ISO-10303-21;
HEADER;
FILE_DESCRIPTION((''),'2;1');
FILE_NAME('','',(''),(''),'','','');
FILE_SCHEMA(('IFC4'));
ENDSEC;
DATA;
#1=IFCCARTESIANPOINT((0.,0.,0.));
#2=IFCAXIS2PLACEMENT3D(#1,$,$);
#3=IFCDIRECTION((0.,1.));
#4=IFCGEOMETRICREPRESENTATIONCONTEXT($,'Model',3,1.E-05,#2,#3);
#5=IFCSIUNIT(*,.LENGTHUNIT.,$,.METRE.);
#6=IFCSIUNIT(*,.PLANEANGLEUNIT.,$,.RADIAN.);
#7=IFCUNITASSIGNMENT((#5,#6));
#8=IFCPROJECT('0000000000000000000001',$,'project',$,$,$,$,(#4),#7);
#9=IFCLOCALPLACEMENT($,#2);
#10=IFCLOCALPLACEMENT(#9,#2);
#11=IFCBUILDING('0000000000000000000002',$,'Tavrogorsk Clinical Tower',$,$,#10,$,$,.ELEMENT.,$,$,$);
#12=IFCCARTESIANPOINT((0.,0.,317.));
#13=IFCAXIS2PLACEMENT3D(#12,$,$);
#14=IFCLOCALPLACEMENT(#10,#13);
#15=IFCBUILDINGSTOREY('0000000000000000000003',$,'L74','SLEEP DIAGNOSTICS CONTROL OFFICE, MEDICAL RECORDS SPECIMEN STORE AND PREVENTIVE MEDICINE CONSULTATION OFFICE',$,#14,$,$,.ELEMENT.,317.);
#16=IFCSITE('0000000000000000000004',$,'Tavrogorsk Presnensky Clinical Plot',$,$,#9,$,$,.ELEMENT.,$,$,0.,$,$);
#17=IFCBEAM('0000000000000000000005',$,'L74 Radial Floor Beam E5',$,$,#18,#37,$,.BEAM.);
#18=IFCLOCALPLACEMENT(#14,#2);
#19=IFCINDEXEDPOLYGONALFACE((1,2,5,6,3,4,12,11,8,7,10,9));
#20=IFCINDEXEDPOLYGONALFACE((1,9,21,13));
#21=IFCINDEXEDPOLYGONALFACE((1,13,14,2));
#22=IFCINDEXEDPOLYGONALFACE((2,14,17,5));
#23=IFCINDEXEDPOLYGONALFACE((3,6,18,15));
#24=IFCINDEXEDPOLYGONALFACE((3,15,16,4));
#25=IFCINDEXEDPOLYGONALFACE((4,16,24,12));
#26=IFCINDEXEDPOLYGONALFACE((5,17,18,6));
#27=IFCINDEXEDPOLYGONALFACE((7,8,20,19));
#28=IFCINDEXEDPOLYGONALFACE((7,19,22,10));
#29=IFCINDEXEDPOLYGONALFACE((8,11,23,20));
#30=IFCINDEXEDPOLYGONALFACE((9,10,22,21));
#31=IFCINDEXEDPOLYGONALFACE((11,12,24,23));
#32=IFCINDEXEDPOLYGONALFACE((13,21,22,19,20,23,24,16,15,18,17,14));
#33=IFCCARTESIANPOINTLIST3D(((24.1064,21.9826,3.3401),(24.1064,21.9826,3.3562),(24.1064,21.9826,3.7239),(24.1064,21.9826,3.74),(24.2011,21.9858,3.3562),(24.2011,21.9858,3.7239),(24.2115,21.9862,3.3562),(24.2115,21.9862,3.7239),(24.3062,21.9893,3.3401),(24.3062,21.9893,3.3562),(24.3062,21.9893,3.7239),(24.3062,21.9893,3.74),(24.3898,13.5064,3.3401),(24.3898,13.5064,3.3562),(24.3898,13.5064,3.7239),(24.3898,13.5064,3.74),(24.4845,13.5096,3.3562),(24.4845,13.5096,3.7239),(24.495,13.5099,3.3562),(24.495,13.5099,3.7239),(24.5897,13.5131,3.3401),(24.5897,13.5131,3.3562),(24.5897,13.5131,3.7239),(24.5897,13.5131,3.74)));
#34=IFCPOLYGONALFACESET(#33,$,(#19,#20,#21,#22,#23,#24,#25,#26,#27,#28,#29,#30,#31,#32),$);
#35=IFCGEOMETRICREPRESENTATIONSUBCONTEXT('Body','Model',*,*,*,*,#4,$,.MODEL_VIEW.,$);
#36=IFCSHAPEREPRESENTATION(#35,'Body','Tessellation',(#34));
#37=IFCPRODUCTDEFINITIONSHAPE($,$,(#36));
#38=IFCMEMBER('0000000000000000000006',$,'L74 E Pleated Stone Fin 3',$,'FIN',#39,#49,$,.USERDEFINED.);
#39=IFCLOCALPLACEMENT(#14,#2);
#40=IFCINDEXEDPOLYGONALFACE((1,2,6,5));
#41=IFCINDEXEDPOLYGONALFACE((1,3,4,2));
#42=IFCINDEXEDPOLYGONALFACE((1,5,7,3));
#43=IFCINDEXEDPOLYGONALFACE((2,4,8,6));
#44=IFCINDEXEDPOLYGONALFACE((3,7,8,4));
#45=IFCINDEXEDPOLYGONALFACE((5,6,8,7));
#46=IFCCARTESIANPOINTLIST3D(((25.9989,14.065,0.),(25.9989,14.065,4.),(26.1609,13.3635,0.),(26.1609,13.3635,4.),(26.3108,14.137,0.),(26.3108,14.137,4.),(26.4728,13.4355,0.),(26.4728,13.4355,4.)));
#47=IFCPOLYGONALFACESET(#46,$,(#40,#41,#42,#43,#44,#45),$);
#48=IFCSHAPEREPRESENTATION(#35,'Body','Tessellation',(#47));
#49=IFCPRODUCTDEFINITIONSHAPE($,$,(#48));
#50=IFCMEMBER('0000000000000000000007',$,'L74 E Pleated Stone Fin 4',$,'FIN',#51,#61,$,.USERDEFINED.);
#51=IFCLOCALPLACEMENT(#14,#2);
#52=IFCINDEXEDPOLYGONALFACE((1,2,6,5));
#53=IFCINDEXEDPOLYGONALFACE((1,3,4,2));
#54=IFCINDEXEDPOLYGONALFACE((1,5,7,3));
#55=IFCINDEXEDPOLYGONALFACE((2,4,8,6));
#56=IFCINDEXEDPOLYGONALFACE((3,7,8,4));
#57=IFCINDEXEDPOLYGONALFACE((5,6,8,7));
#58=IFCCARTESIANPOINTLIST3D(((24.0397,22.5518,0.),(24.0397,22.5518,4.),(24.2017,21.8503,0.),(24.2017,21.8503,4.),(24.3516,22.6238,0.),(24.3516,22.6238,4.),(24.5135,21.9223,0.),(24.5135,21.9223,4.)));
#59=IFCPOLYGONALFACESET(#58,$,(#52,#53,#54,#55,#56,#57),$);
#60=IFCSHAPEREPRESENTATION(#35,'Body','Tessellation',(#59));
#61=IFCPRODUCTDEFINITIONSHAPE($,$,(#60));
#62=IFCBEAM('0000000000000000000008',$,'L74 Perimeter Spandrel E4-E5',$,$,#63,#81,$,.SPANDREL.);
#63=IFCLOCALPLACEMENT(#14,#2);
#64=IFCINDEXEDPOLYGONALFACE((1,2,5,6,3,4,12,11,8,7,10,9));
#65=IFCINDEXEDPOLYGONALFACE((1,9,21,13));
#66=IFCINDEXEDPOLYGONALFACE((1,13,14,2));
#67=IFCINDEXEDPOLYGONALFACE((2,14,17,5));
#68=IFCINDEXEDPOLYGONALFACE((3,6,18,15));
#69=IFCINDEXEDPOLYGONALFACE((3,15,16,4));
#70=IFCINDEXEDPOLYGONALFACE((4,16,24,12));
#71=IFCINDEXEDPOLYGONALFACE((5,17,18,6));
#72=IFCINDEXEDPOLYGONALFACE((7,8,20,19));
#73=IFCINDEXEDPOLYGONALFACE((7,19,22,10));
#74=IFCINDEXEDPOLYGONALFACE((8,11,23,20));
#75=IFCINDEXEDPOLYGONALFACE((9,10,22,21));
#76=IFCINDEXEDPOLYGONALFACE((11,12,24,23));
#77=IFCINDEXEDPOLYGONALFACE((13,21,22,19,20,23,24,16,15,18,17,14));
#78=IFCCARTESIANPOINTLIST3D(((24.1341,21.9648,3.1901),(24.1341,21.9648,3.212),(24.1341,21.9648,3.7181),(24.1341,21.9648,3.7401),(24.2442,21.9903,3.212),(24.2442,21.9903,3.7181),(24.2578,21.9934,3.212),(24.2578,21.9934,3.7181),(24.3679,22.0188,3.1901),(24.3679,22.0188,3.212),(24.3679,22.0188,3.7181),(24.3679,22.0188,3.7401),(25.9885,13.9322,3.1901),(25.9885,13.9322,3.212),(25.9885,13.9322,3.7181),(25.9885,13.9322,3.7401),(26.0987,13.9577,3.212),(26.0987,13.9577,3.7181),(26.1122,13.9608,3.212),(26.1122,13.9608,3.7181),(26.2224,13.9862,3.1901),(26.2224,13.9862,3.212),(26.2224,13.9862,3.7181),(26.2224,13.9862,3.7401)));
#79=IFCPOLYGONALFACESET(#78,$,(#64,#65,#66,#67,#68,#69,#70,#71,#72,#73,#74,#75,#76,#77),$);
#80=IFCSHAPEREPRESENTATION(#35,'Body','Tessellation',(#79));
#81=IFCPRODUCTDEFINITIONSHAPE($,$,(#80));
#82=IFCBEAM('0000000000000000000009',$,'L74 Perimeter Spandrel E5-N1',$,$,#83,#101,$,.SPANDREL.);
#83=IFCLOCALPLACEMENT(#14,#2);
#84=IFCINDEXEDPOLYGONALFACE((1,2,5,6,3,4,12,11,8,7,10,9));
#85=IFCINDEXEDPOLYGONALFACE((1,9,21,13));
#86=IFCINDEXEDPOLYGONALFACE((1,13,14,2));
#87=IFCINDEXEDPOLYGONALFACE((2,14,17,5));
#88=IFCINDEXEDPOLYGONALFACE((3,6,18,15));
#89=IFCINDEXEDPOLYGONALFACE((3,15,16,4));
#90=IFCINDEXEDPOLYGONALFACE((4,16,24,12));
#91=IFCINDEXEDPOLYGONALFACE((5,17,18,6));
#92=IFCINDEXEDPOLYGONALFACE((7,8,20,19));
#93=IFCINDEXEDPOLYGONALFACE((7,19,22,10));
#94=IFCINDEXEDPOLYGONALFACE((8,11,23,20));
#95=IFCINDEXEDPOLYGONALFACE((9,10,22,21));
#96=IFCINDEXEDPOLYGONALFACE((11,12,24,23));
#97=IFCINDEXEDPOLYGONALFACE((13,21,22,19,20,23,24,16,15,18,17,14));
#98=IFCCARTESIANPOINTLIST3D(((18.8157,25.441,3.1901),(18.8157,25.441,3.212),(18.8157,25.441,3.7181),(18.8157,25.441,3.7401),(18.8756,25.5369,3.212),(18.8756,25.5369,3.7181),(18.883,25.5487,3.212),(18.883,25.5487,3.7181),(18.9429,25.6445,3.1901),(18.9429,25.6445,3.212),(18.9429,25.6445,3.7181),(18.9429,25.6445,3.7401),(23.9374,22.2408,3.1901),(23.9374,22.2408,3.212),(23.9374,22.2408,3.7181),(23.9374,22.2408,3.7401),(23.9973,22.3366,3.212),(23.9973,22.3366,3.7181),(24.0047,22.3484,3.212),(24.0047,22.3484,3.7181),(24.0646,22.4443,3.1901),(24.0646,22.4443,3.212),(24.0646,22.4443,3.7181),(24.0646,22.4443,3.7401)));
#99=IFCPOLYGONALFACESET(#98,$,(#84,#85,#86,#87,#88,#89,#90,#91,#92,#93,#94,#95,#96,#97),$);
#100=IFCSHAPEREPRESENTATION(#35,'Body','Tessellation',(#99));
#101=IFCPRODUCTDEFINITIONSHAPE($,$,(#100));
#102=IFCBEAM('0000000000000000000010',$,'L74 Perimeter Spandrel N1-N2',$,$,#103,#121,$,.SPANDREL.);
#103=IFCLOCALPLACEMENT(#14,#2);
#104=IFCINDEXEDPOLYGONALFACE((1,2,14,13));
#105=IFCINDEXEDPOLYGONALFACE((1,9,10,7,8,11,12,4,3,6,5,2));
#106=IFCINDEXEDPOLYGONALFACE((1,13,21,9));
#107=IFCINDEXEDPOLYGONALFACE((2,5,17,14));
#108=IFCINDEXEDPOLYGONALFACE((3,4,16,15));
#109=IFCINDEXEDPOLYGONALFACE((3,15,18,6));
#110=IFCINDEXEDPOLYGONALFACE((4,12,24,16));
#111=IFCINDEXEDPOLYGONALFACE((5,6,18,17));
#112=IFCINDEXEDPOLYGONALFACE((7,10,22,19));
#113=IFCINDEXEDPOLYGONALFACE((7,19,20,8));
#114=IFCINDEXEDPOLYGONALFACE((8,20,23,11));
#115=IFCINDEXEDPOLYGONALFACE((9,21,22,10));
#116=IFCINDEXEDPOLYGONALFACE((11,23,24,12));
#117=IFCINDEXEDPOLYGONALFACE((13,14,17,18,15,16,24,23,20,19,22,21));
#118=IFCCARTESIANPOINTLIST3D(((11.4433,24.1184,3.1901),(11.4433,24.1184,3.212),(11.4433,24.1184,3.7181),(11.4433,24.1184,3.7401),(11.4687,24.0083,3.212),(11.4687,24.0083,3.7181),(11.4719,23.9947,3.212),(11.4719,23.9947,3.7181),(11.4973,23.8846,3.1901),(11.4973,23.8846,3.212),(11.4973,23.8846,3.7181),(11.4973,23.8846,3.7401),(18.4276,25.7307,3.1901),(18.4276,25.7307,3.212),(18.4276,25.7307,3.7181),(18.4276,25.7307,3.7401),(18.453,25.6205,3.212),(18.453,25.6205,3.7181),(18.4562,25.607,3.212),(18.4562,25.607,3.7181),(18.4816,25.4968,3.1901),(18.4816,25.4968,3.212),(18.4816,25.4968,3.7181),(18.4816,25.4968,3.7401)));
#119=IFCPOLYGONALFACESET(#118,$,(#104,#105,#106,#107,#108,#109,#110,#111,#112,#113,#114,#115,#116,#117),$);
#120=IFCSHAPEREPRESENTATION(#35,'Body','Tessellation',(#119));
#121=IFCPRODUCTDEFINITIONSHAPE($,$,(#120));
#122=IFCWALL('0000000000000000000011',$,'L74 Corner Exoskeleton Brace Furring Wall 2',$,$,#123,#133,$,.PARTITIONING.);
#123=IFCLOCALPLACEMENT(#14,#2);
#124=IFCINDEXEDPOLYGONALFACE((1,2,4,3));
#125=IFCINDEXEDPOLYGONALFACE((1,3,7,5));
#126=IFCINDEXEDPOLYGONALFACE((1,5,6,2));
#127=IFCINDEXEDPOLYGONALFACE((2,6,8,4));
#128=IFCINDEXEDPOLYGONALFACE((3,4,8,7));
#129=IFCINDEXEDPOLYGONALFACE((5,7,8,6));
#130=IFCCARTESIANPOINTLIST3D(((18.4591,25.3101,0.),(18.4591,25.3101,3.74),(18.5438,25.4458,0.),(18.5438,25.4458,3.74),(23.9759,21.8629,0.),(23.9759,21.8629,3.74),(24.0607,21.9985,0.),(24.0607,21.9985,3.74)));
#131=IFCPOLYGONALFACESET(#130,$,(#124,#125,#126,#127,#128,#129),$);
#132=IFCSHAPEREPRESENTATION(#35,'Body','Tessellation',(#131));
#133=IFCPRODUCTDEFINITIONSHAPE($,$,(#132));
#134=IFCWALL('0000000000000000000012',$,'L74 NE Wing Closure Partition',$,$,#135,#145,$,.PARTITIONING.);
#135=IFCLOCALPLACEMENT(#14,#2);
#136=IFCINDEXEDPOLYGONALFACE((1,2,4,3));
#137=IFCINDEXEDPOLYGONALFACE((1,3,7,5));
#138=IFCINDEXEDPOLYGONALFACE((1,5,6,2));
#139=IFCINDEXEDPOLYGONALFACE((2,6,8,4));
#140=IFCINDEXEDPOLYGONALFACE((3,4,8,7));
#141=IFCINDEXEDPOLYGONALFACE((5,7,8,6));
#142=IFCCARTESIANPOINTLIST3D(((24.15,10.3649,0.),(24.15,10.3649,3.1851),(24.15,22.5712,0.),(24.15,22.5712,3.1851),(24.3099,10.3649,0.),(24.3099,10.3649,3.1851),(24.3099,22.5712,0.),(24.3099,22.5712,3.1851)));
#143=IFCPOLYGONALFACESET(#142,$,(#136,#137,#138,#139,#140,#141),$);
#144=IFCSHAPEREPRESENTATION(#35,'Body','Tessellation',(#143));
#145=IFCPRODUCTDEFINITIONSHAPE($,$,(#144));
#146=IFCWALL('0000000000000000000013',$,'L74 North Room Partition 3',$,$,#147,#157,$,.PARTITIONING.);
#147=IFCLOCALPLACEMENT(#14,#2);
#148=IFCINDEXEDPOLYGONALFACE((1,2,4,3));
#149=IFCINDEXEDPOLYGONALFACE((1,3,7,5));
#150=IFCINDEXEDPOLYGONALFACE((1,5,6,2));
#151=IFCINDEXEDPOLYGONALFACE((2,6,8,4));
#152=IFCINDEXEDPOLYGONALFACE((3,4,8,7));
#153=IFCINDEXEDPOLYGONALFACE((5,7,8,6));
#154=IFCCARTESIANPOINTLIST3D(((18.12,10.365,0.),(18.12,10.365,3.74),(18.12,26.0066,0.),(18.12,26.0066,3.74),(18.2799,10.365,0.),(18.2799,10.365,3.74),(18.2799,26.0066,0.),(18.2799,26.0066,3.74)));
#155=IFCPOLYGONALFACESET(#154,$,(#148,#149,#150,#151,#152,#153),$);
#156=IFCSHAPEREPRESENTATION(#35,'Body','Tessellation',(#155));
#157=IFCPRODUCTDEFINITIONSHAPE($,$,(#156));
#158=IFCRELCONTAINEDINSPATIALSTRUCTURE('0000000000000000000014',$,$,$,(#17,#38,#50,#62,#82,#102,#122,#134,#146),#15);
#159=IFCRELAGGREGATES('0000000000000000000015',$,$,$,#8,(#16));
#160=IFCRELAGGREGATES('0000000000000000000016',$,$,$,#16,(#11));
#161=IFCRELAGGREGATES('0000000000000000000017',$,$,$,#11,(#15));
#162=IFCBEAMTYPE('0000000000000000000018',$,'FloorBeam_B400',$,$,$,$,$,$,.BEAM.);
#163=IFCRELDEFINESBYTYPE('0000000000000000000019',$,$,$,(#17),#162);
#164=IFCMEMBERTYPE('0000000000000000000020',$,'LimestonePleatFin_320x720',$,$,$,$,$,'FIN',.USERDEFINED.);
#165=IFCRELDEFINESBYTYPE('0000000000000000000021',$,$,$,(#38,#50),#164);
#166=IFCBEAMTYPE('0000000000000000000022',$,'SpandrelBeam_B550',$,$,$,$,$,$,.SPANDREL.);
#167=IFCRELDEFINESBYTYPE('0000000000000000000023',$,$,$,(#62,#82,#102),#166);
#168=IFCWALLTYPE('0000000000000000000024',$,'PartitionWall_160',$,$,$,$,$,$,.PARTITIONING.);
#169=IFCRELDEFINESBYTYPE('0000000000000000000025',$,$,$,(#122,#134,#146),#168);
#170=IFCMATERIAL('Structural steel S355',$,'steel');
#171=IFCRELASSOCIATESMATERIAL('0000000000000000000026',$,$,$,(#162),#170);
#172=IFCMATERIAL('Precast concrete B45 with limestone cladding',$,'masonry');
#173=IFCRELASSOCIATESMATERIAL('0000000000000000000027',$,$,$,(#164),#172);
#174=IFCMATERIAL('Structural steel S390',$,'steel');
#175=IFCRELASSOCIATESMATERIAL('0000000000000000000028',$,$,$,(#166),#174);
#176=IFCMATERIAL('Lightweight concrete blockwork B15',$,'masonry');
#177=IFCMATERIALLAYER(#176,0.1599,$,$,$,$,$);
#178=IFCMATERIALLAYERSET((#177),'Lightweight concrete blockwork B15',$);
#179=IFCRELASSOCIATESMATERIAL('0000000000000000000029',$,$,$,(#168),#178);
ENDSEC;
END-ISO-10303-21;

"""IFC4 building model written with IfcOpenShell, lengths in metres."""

from ifc_helpers import new_model, si_unit, direction, frame, frame_2d, origin, origin_2d, place, context, subcontext, project, spatial, rectangle, i_section, extrude, material, layer, layer_set, material_profile, profile_set, type_object, element, save


model = new_model("IFC4")

# Units and contexts
model_context = context("Model", 3, precision=1e-05, world=origin(), true_north=direction((0.0, 1.0)))
body_context = subcontext(model_context, "Body", "Model", "MODEL_VIEW")
ifc_project = project(units=[si_unit("LENGTHUNIT", "METRE"), si_unit("PLANEANGLEUNIT", "RADIAN")], contexts=[model_context])

# Site, building, storey
site_placement = place(None, origin())
site = spatial("IfcSite", under=ifc_project, at=site_placement, Name="Tavrogorsk Presnensky Clinical Plot", CompositionType="ELEMENT", RefElevation=0.0)
building_placement = place(site_placement, origin())
building = spatial("IfcBuilding", under=site, at=building_placement, Name="Tavrogorsk Clinical Tower", CompositionType="ELEMENT")
storey_placement = place(building_placement, frame((0.0, 0.0, 317.0)))
storey = spatial("IfcBuildingStorey", under=building, at=storey_placement, Name="L74", Description="SLEEP DIAGNOSTICS CONTROL OFFICE, MEDICAL RECORDS SPECIMEN STORE AND PREVENTIVE MEDICINE CONSULTATION OFFICE", CompositionType="ELEMENT", Elevation=317.0)

# Beam
ifc_material_1 = material(Name="Structural steel S355", Category="steel")
ifc_material_profile_1 = material_profile(ifc_material_1, i_section(OverallWidth=0.2, OverallDepth=0.3999, WebThickness=0.0105, FlangeThickness=0.0161, at=origin_2d()), Name="B-400x200x10.5x16")
ifc_profile_set_1 = profile_set([ifc_material_profile_1], Name="Structural steel S355")
beam_type_1 = type_object("IfcBeamType", Name="FloorBeam_B400", PredefinedType="BEAM", material=ifc_profile_set_1)
beam_1_placement = place(storey_placement, frame((24.4897, 13.5098, 3.54), z_axis=(-0.033421, 0.999441, 0.0), x_axis=(-0.999441, -0.033421, 0.0)))
element("IfcBeam", 1, at=beam_1_placement, inside=storey, type_object=beam_type_1, Name="L74 Radial Floor Beam E5", PredefinedType="BEAM", context=body_context, shape_type="SweptSolid", body=[
    extrude(i_section(OverallWidth=0.2, OverallDepth=0.3999, WebThickness=0.0105, FlangeThickness=0.0161, at=origin_2d()), origin(), (0.0, 0.0, 1.0), 8.481),
])

# Members
ifc_material_2 = material(Name="Precast concrete B45 with limestone cladding", Category="masonry")
ifc_material_profile_2 = material_profile(ifc_material_2, rectangle(XDim=0.3201, YDim=0.72, at=origin_2d()), Name="LIMESTONE-FIN-320x720")
ifc_profile_set_2 = profile_set([ifc_material_profile_2], Name="Precast concrete B45 with limestone cladding")
member_type_1 = type_object("IfcMemberType", Name="LimestonePleatFin_320x720", ElementType="FIN", PredefinedType="USERDEFINED", material=ifc_profile_set_2)
for number, where, z_axis, x_axis, name in (
    (2, (26.2358, 13.7502, 0.0), (0.0, 0.0, 1.0), (0.97437, 0.224951, 0.0), "L74 E Pleated Stone Fin 3"),
    (3, (24.2766, 22.2371, 0.0), (0.0, 0.0, 1.0), (0.97437, 0.224951, 0.0), "L74 E Pleated Stone Fin 4"),
):
    element("IfcMember", number, at=place(storey_placement, frame(where, z_axis=z_axis, x_axis=x_axis)), inside=storey, type_object=member_type_1, Name=name, ObjectType="FIN", PredefinedType="USERDEFINED", context=body_context, shape_type="SweptSolid", body=[
        extrude(rectangle(XDim=0.3201, YDim=0.72, at=origin_2d()), origin(), (0.0, 0.0, 1.0), 4.0),
    ])

# Beams
ifc_material_3 = material(Name="Structural steel S390", Category="steel")
ifc_material_profile_3 = material_profile(ifc_material_3, i_section(OverallWidth=0.24, OverallDepth=0.55, WebThickness=0.0139, FlangeThickness=0.022, at=origin_2d()), Name="B-550x240x14x22")
ifc_profile_set_3 = profile_set([ifc_material_profile_3], Name="Structural steel S390")
beam_type_2 = type_object("IfcBeamType", Name="SpandrelBeam_B550", PredefinedType="SPANDREL", material=ifc_profile_set_3)
beam_2_placement = place(storey_placement, frame((26.1055, 13.9592, 3.4651), z_axis=(-0.22495, 0.97437, 0.0), x_axis=(-0.97437, -0.22495, 0.0)))
element("IfcBeam", 4, at=beam_2_placement, inside=storey, type_object=beam_type_2, Name="L74 Perimeter Spandrel E4-E5", PredefinedType="SPANDREL", context=body_context, shape_type="SweptSolid", body=[
    extrude(i_section(OverallWidth=0.24, OverallDepth=0.55, WebThickness=0.0139, FlangeThickness=0.022, at=origin_2d()), origin(), (0.0, 0.0, 1.0), 8.2439),
])
beam_3_placement = place(storey_placement, frame((24.001, 22.3425, 3.4651), z_axis=(-0.848057, 0.529904, 0.0), x_axis=(-0.529904, -0.848057, 0.0)))
element("IfcBeam", 5, at=beam_3_placement, inside=storey, type_object=beam_type_2, Name="L74 Perimeter Spandrel E5-N1", PredefinedType="SPANDREL", context=body_context, shape_type="SweptSolid", body=[
    extrude(i_section(OverallWidth=0.24, OverallDepth=0.55, WebThickness=0.0139, FlangeThickness=0.022, at=origin_2d()), origin(), (0.0, 0.0, 1.0), 6.0393),
])
beam_4_placement = place(storey_placement, frame((18.4546, 25.6138, 3.4651), z_axis=(-0.974375, -0.224929, 0.0), x_axis=(0.224929, -0.974375, 0.0)))
element("IfcBeam", 6, at=beam_4_placement, inside=storey, type_object=beam_type_2, Name="L74 Perimeter Spandrel N1-N2", PredefinedType="SPANDREL", context=body_context, shape_type="SweptSolid", body=[
    extrude(i_section(OverallWidth=0.24, OverallDepth=0.55, WebThickness=0.0139, FlangeThickness=0.022, at=origin_2d()), origin(), (0.0, 0.0, 1.0), 7.168),
])

# Walls
ifc_material_4 = material(Name="Lightweight concrete blockwork B15", Category="masonry")
ifc_layer_1 = layer(ifc_material_4, 0.1599)
ifc_layer_set_1 = layer_set([ifc_layer_1], Name="Lightweight concrete blockwork B15")
wall_type_1 = type_object("IfcWallType", Name="PartitionWall_160", PredefinedType="PARTITIONING", material=ifc_layer_set_1)
wall_1_placement = place(storey_placement, frame((24.0183, 21.9307, 0.0), z_axis=(0.0, 0.0, 1.0), x_axis=(-0.848051, 0.529915, 0.0)))
element("IfcWall", 7, at=wall_1_placement, inside=storey, type_object=wall_type_1, Name="L74 Corner Exoskeleton Brace Furring Wall 2", PredefinedType="PARTITIONING", context=body_context, shape_type="SweptSolid", body=[
    extrude(rectangle(XDim=6.5054, YDim=0.1599, at=frame_2d((3.2527, 0.0))), origin(), (0.0, 0.0, 1.0), 3.74),
])
wall_2_placement = place(storey_placement, frame((24.23, 10.365, 0.0), z_axis=(0.0, 0.0, 1.0), x_axis=(0.0, 1.0, 0.0)))
element("IfcWall", 8, at=wall_2_placement, inside=storey, type_object=wall_type_1, Name="L74 NE Wing Closure Partition", PredefinedType="PARTITIONING", context=body_context, shape_type="SweptSolid", body=[
    extrude(rectangle(XDim=12.2063, YDim=0.1599, at=frame_2d((6.103, 0.0))), origin(), (0.0, 0.0, 1.0), 3.1851),
])
wall_3_placement = place(storey_placement, frame((18.2, 10.365, 0.0), z_axis=(0.0, 0.0, 1.0), x_axis=(0.0, 1.0, 0.0)))
element("IfcWall", 9, at=wall_3_placement, inside=storey, type_object=wall_type_1, Name="L74 North Room Partition 3", PredefinedType="PARTITIONING", context=body_context, shape_type="SweptSolid", body=[
    extrude(rectangle(XDim=15.6416, YDim=0.1599, at=frame_2d((7.8208, 0.0))), origin(), (0.0, 0.0, 1.0), 3.74),
])

save(model, "model.ifc")
